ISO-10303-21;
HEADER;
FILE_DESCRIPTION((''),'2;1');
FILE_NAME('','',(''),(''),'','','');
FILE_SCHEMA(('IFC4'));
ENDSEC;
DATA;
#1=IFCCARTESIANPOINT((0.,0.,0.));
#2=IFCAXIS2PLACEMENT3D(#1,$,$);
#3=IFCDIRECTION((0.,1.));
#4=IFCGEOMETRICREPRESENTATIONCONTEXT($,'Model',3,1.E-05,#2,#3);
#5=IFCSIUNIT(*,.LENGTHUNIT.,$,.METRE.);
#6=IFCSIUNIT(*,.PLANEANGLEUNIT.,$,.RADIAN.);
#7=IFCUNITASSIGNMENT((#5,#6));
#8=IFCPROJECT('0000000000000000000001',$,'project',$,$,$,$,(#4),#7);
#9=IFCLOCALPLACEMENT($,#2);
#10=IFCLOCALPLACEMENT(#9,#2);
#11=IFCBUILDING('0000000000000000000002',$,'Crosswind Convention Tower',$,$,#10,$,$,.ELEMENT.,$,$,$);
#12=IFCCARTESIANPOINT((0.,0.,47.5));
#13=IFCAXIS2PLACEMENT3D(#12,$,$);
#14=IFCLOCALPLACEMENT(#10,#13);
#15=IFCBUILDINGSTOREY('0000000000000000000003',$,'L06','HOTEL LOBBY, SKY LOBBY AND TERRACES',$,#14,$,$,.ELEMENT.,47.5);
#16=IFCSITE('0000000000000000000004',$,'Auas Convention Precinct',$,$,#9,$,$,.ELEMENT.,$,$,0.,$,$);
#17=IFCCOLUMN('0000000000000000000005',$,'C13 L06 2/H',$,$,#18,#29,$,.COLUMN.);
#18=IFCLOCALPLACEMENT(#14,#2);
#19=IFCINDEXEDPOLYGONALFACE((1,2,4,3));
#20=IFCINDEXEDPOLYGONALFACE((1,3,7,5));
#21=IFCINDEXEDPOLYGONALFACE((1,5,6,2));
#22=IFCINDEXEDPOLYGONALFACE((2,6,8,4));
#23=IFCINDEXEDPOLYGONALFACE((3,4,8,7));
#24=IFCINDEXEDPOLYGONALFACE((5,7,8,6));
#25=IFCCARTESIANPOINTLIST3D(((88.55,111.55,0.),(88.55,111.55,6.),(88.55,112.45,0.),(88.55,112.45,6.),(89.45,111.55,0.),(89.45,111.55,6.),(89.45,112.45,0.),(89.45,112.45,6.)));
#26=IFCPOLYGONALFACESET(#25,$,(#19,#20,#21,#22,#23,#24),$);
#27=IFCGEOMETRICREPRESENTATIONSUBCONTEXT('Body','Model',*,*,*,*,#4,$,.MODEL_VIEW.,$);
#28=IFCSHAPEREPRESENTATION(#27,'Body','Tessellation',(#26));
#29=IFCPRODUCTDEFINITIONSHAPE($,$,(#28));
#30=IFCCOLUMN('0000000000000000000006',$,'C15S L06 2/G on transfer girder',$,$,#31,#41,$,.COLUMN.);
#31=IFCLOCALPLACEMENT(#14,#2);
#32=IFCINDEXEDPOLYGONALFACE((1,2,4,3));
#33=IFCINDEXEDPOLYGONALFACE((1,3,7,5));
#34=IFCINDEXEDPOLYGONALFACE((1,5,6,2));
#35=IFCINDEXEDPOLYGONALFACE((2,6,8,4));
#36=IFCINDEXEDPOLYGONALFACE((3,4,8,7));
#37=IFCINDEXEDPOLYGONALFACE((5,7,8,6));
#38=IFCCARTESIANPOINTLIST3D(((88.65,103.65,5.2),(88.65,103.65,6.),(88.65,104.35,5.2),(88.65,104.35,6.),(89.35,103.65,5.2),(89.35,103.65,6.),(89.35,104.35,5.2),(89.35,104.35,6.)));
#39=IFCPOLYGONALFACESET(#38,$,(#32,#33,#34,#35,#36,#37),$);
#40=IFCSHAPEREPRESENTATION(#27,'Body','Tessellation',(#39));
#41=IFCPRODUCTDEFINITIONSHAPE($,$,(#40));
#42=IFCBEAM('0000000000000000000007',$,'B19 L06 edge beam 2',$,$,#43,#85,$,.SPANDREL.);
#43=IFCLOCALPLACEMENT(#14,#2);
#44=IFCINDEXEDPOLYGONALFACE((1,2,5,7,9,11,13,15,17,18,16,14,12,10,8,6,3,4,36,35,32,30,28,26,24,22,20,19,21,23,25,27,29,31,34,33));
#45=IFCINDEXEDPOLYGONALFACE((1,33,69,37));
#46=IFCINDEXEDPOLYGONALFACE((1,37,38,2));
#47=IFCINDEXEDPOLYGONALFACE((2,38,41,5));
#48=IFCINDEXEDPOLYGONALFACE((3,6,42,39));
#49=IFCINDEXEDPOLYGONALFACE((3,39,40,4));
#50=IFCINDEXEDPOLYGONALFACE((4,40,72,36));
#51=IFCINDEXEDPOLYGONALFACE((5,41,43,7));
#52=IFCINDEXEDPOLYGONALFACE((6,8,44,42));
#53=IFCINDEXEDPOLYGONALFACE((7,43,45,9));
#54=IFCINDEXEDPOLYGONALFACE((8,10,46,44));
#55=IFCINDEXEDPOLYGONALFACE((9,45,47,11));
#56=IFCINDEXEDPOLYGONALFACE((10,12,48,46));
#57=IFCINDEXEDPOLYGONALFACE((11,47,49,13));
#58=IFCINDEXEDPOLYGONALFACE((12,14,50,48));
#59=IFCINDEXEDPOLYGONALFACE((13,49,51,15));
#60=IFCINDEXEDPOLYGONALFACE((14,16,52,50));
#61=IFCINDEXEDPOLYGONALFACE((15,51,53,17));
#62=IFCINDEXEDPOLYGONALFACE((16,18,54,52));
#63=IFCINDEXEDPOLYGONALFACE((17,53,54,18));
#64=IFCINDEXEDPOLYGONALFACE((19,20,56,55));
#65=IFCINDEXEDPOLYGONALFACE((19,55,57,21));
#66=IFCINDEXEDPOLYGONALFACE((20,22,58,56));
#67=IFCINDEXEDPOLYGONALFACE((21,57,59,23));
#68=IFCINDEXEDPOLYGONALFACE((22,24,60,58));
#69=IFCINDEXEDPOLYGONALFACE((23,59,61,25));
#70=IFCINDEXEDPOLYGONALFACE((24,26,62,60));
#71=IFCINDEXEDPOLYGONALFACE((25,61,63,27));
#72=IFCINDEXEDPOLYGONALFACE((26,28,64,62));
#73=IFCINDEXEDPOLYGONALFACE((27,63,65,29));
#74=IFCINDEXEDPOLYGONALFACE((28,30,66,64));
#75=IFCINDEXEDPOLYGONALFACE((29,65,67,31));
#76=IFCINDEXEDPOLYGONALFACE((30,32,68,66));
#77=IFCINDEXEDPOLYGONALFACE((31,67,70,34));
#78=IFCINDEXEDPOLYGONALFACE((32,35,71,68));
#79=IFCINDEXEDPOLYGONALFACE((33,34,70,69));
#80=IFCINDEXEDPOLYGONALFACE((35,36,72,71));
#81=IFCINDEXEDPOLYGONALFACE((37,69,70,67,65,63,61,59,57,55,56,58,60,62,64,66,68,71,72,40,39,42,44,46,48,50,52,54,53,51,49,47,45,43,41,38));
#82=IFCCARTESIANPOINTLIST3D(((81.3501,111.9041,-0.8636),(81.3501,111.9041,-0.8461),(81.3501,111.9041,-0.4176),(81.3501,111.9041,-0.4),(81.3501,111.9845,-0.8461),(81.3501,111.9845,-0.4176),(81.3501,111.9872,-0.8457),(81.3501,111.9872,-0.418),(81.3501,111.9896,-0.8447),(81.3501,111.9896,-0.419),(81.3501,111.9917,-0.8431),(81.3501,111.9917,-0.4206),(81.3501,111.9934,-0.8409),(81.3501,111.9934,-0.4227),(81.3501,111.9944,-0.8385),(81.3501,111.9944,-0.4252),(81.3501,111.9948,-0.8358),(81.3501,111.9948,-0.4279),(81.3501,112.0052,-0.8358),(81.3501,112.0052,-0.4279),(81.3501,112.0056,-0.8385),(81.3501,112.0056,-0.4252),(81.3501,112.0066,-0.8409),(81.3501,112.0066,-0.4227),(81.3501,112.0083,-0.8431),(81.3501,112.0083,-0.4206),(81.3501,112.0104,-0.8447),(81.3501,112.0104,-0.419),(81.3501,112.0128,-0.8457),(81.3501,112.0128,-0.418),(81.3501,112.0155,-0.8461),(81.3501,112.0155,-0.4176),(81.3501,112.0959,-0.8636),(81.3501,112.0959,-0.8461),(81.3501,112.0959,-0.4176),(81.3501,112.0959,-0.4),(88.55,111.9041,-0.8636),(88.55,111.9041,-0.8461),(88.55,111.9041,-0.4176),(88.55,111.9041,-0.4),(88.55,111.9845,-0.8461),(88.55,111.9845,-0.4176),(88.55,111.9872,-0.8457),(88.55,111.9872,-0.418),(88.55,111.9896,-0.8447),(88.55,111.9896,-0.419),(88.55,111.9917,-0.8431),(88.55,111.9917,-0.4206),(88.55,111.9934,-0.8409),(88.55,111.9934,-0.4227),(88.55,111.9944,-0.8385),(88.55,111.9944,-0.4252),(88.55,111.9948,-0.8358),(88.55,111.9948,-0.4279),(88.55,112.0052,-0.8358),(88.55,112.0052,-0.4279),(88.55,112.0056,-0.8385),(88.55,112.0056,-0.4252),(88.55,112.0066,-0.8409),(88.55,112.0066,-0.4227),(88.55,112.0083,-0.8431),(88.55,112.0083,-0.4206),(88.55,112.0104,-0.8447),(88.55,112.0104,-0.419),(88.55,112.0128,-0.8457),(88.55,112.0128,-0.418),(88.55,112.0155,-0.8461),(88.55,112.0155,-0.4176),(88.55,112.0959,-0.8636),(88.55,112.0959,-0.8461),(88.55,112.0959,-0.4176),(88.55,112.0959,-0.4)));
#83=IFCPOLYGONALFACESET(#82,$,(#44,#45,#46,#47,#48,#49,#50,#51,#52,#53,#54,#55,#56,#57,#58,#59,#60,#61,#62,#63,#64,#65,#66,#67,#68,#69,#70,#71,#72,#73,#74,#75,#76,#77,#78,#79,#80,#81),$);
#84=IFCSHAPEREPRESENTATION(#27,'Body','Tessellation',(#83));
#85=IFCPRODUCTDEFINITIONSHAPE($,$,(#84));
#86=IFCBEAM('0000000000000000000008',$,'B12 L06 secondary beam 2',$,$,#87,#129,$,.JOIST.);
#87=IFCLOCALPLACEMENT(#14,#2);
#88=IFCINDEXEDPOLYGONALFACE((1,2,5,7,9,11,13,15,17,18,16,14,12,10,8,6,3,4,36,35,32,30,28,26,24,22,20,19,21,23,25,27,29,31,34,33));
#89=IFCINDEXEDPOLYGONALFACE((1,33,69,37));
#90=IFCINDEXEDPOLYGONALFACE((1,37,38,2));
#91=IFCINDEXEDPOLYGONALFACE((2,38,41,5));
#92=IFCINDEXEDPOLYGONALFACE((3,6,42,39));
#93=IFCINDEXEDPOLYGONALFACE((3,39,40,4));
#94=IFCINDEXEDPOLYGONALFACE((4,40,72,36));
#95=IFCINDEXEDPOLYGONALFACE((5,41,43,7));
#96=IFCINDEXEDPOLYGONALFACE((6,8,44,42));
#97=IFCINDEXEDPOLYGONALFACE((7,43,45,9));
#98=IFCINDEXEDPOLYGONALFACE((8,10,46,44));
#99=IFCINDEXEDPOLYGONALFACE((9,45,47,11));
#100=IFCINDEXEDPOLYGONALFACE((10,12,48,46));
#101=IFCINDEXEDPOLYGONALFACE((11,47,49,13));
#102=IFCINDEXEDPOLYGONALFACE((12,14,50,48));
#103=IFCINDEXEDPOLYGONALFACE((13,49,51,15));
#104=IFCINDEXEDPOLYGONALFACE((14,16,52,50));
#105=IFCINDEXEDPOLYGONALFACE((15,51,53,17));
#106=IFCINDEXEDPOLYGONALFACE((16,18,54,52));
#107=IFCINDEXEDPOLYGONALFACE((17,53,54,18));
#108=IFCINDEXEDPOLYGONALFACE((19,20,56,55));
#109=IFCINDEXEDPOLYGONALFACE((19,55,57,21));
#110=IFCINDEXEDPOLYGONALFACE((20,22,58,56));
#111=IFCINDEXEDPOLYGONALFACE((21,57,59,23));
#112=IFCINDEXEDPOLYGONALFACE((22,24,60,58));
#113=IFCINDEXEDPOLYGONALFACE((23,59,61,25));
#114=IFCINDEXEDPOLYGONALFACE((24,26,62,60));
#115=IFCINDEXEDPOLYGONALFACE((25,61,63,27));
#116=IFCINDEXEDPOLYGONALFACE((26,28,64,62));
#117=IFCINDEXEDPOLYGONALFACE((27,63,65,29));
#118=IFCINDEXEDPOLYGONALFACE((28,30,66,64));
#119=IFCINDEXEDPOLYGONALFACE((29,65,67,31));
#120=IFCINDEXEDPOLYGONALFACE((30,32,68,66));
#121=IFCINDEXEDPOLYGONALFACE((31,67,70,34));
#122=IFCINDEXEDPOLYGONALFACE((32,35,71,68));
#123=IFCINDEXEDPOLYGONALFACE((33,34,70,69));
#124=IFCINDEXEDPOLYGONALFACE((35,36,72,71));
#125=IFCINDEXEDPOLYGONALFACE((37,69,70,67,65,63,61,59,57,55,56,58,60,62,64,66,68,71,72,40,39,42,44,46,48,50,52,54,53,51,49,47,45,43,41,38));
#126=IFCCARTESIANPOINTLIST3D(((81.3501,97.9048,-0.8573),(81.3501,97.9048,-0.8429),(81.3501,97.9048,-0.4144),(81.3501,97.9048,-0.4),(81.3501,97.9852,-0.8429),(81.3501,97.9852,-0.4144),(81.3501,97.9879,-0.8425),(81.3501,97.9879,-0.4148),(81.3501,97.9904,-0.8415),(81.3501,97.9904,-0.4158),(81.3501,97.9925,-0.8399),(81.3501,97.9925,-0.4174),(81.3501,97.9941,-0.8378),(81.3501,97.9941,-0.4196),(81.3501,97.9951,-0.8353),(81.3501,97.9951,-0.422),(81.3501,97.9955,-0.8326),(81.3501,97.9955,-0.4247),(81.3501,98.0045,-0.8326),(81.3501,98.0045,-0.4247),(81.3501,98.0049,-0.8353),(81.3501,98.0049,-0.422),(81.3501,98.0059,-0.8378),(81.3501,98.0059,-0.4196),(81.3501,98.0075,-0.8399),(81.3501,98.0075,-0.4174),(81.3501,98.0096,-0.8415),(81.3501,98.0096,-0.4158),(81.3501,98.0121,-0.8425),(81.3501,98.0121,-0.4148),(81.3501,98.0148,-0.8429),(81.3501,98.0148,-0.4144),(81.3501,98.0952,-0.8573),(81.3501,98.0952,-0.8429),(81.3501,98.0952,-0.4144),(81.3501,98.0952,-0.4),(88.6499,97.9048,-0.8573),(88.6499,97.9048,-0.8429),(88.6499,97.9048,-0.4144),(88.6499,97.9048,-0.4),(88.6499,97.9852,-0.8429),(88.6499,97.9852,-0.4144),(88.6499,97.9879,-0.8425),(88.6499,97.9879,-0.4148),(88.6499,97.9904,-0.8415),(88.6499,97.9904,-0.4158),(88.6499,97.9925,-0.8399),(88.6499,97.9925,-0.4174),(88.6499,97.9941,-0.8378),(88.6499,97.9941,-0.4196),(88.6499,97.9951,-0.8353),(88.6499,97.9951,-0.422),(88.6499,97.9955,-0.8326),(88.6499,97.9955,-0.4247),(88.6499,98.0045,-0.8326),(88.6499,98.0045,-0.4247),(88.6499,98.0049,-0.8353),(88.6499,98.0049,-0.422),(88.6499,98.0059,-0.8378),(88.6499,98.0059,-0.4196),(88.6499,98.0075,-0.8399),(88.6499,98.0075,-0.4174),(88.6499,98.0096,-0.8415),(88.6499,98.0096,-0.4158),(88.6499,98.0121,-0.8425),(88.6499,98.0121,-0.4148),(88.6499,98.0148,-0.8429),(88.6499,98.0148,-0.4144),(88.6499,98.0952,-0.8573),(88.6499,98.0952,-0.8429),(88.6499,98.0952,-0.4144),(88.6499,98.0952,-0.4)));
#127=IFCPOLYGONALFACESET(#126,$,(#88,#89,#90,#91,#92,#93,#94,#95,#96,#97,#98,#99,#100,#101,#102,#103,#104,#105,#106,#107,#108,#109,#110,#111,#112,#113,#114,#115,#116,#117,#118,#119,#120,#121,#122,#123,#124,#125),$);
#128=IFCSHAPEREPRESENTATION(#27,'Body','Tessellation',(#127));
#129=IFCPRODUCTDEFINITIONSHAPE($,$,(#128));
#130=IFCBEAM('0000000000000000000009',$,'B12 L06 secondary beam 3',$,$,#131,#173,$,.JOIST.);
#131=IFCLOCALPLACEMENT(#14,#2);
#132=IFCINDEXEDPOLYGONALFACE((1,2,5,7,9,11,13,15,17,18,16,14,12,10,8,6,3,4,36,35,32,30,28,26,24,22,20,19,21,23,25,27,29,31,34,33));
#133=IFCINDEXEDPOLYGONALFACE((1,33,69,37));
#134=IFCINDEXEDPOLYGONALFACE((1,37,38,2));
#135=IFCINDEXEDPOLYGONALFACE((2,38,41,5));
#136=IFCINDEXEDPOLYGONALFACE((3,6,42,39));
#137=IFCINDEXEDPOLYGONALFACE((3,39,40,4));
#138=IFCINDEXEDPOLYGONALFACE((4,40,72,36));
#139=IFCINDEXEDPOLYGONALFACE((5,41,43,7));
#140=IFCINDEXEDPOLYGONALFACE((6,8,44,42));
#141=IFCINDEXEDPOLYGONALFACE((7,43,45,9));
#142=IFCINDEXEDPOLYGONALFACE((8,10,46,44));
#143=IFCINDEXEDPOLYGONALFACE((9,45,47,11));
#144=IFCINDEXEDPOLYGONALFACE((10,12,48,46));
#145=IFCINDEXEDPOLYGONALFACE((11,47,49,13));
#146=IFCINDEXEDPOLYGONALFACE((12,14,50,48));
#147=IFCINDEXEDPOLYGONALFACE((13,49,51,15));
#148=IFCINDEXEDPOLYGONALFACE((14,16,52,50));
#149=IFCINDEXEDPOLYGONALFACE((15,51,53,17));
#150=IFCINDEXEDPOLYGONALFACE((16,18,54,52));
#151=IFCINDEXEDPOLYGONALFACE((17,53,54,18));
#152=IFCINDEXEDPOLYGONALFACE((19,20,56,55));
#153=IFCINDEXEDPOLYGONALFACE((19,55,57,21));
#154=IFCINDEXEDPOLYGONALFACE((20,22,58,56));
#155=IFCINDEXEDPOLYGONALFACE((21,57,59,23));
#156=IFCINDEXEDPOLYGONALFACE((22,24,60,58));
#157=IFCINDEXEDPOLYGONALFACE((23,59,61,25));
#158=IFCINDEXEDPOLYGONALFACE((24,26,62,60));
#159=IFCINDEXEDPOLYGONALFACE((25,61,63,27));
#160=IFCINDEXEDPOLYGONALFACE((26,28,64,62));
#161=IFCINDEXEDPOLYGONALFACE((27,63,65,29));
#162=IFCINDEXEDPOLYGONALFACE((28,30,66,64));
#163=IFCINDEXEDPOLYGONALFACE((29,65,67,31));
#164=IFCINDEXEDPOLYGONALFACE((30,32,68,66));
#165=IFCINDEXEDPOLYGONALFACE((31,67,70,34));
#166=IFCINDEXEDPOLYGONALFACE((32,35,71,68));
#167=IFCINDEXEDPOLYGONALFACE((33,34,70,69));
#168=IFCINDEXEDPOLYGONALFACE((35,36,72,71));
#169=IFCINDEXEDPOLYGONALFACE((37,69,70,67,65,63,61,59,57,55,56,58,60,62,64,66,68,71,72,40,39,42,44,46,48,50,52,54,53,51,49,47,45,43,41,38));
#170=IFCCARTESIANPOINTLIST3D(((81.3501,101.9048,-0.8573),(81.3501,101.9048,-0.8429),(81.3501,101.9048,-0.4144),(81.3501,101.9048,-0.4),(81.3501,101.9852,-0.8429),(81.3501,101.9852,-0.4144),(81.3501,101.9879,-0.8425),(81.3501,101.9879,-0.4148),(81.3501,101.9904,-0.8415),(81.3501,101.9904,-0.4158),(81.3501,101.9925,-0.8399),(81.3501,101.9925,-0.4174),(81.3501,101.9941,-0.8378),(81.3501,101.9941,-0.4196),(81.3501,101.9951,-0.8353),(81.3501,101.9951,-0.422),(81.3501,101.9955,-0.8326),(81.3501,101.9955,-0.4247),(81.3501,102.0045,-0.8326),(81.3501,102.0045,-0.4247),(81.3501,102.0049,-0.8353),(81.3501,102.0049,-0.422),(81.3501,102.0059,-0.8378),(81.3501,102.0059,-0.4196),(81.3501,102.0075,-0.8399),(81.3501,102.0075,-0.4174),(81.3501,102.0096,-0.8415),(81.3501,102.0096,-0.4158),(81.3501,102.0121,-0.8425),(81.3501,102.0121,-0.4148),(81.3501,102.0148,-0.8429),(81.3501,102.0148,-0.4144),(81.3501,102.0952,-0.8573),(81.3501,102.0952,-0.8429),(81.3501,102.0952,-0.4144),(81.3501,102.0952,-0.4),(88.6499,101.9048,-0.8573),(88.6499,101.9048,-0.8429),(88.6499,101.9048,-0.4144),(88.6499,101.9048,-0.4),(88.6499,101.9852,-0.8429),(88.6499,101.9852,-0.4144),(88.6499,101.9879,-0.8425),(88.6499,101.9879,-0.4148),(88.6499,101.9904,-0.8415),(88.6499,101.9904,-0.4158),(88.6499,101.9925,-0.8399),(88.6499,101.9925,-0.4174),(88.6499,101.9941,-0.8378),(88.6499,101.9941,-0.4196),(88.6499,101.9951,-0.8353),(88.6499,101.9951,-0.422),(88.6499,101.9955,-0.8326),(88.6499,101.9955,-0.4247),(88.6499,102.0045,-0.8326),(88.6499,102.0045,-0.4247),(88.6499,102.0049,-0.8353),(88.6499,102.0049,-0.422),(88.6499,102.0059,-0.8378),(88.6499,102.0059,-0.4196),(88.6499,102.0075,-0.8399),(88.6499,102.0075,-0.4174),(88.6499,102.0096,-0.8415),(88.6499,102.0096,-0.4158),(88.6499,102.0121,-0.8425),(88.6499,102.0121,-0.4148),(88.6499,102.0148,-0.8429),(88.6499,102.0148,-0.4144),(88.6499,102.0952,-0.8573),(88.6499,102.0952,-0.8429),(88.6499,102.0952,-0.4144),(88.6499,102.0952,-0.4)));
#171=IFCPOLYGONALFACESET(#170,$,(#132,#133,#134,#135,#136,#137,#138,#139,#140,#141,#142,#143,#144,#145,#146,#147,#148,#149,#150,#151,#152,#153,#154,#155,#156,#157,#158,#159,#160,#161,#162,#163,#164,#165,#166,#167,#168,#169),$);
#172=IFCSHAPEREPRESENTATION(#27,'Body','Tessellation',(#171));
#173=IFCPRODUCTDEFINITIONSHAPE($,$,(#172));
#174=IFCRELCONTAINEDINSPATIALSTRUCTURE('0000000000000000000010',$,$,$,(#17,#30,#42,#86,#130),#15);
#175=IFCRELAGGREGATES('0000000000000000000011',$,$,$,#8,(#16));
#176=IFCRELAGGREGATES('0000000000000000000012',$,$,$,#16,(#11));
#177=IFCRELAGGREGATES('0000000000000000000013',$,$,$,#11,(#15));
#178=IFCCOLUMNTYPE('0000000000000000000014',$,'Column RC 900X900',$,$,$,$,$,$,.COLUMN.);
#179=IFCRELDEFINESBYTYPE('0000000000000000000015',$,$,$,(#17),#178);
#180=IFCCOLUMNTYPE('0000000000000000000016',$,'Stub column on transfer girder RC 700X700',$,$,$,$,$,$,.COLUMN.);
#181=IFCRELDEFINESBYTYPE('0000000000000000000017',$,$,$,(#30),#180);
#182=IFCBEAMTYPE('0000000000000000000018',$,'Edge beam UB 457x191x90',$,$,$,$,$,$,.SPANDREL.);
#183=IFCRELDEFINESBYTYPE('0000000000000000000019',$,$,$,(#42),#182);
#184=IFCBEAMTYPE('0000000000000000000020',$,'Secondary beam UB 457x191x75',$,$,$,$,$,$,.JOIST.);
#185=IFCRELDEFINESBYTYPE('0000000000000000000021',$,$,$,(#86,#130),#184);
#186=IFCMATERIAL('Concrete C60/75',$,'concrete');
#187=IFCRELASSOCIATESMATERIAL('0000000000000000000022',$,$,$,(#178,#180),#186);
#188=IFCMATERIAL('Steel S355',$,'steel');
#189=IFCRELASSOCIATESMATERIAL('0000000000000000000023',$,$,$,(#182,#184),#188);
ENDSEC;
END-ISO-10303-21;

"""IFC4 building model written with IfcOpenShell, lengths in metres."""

from ifc_helpers import new_model, si_unit, direction, frame, origin, origin_2d, place, context, subcontext, project, spatial, rectangle, i_section, extrude, material, material_profile, profile_set, type_object, element, save


model = new_model("IFC4")

# Units and contexts
model_context = context("Model", 3, precision=1e-05, world=origin(), true_north=direction((0.0, 1.0)))
body_context = subcontext(model_context, "Body", "Model", "MODEL_VIEW")
ifc_project = project(units=[si_unit("LENGTHUNIT", "METRE"), si_unit("PLANEANGLEUNIT", "RADIAN")], contexts=[model_context])

# Site, building, storey
site_placement = place(None, origin())
site = spatial("IfcSite", under=ifc_project, at=site_placement, Name="Auas Convention Precinct", CompositionType="ELEMENT", RefElevation=0.0)
building_placement = place(site_placement, origin())
building = spatial("IfcBuilding", under=site, at=building_placement, Name="Crosswind Convention Tower", CompositionType="ELEMENT")
storey_placement = place(building_placement, frame((0.0, 0.0, 47.5)))
storey = spatial("IfcBuildingStorey", under=building, at=storey_placement, Name="L06", Description="HOTEL LOBBY, SKY LOBBY AND TERRACES", CompositionType="ELEMENT", Elevation=47.5)

# Columns
ifc_material_1 = material(Name="Concrete C60/75", Category="concrete")
ifc_material_profile_1 = material_profile(ifc_material_1, rectangle(XDim=0.8999, YDim=0.8999, at=origin_2d()), Name="RC 900X900")
ifc_profile_set_1 = profile_set([ifc_material_profile_1], Name="Concrete C60/75")
column_type_1 = type_object("IfcColumnType", Name="Column RC 900X900", PredefinedType="COLUMN", material=ifc_profile_set_1)
column_1_placement = place(storey_placement, frame((89.0, 112.0, 0.0), z_axis=(0.0, 0.0, 1.0), x_axis=(1.0, 0.0, 0.0)))
element("IfcColumn", 1, at=column_1_placement, inside=storey, type_object=column_type_1, Name="C13 L06 2/H", PredefinedType="COLUMN", context=body_context, shape_type="SweptSolid", body=[
    extrude(rectangle(XDim=0.8999, YDim=0.8999, at=origin_2d()), origin(), (0.0, 0.0, 1.0), 6.0),
])
ifc_material_profile_2 = material_profile(ifc_material_1, rectangle(XDim=0.7, YDim=0.7, at=origin_2d()), Name="RC 700X700")
ifc_profile_set_2 = profile_set([ifc_material_profile_2], Name="Concrete C60/75")
column_type_2 = type_object("IfcColumnType", Name="Stub column on transfer girder RC 700X700", PredefinedType="COLUMN", material=ifc_profile_set_2)
column_2_placement = place(storey_placement, frame((89.0, 104.0, 5.2), z_axis=(0.0, 0.0, 1.0), x_axis=(1.0, 0.0, 0.0)))
element("IfcColumn", 2, at=column_2_placement, inside=storey, type_object=column_type_2, Name="C15S L06 2/G on transfer girder", PredefinedType="COLUMN", context=body_context, shape_type="SweptSolid", body=[
    extrude(rectangle(XDim=0.7, YDim=0.7, at=origin_2d()), origin(), (0.0, 0.0, 1.0), 0.8),
])

# Beams
ifc_material_2 = material(Name="Steel S355", Category="steel")
ifc_material_profile_3 = material_profile(ifc_material_2, i_section(OverallWidth=0.1919, OverallDepth=0.4636, WebThickness=0.0105, FlangeThickness=0.0176, FilletRadius=0.0103, at=origin_2d()), Name="UB 457x191x90")
ifc_profile_set_3 = profile_set([ifc_material_profile_3], Name="Steel S355")
beam_type_1 = type_object("IfcBeamType", Name="Edge beam UB 457x191x90", PredefinedType="SPANDREL", material=ifc_profile_set_3)
beam_1_placement = place(storey_placement, frame((81.3501, 112.0, -0.6318), z_axis=(1.0, 0.0, 0.0), x_axis=(0.0, 1.0, 0.0)))
element("IfcBeam", 3, at=beam_1_placement, inside=storey, type_object=beam_type_1, Name="B19 L06 edge beam 2", PredefinedType="SPANDREL", context=body_context, shape_type="SweptSolid", body=[
    extrude(i_section(OverallWidth=0.1919, OverallDepth=0.4636, WebThickness=0.0105, FlangeThickness=0.0176, FilletRadius=0.0103, at=origin_2d()), origin(), (0.0, 0.0, 1.0), 7.2),
])
ifc_material_profile_4 = material_profile(ifc_material_2, i_section(OverallWidth=0.1904, OverallDepth=0.4573, WebThickness=0.009, FlangeThickness=0.0144, FilletRadius=0.0103, at=origin_2d()), Name="UB 457x191x75")
ifc_profile_set_4 = profile_set([ifc_material_profile_4], Name="Steel S355")
beam_type_2 = type_object("IfcBeamType", Name="Secondary beam UB 457x191x75", PredefinedType="JOIST", material=ifc_profile_set_4)
for number, where, z_axis, x_axis, name in (
    (4, (81.3501, 98.0, -0.6287), (1.0, 0.0, 0.0), (0.0, 1.0, 0.0), "B12 L06 secondary beam 2"),
    (5, (81.3501, 102.0, -0.6287), (1.0, 0.0, 0.0), (0.0, 1.0, 0.0), "B12 L06 secondary beam 3"),
):
    element("IfcBeam", number, at=place(storey_placement, frame(where, z_axis=z_axis, x_axis=x_axis)), inside=storey, type_object=beam_type_2, Name=name, PredefinedType="JOIST", context=body_context, shape_type="SweptSolid", body=[
        extrude(i_section(OverallWidth=0.1904, OverallDepth=0.4573, WebThickness=0.009, FlangeThickness=0.0144, FilletRadius=0.0103, at=origin_2d()), origin(), (0.0, 0.0, 1.0), 7.2998),
    ])

save(model, "model.ifc")
